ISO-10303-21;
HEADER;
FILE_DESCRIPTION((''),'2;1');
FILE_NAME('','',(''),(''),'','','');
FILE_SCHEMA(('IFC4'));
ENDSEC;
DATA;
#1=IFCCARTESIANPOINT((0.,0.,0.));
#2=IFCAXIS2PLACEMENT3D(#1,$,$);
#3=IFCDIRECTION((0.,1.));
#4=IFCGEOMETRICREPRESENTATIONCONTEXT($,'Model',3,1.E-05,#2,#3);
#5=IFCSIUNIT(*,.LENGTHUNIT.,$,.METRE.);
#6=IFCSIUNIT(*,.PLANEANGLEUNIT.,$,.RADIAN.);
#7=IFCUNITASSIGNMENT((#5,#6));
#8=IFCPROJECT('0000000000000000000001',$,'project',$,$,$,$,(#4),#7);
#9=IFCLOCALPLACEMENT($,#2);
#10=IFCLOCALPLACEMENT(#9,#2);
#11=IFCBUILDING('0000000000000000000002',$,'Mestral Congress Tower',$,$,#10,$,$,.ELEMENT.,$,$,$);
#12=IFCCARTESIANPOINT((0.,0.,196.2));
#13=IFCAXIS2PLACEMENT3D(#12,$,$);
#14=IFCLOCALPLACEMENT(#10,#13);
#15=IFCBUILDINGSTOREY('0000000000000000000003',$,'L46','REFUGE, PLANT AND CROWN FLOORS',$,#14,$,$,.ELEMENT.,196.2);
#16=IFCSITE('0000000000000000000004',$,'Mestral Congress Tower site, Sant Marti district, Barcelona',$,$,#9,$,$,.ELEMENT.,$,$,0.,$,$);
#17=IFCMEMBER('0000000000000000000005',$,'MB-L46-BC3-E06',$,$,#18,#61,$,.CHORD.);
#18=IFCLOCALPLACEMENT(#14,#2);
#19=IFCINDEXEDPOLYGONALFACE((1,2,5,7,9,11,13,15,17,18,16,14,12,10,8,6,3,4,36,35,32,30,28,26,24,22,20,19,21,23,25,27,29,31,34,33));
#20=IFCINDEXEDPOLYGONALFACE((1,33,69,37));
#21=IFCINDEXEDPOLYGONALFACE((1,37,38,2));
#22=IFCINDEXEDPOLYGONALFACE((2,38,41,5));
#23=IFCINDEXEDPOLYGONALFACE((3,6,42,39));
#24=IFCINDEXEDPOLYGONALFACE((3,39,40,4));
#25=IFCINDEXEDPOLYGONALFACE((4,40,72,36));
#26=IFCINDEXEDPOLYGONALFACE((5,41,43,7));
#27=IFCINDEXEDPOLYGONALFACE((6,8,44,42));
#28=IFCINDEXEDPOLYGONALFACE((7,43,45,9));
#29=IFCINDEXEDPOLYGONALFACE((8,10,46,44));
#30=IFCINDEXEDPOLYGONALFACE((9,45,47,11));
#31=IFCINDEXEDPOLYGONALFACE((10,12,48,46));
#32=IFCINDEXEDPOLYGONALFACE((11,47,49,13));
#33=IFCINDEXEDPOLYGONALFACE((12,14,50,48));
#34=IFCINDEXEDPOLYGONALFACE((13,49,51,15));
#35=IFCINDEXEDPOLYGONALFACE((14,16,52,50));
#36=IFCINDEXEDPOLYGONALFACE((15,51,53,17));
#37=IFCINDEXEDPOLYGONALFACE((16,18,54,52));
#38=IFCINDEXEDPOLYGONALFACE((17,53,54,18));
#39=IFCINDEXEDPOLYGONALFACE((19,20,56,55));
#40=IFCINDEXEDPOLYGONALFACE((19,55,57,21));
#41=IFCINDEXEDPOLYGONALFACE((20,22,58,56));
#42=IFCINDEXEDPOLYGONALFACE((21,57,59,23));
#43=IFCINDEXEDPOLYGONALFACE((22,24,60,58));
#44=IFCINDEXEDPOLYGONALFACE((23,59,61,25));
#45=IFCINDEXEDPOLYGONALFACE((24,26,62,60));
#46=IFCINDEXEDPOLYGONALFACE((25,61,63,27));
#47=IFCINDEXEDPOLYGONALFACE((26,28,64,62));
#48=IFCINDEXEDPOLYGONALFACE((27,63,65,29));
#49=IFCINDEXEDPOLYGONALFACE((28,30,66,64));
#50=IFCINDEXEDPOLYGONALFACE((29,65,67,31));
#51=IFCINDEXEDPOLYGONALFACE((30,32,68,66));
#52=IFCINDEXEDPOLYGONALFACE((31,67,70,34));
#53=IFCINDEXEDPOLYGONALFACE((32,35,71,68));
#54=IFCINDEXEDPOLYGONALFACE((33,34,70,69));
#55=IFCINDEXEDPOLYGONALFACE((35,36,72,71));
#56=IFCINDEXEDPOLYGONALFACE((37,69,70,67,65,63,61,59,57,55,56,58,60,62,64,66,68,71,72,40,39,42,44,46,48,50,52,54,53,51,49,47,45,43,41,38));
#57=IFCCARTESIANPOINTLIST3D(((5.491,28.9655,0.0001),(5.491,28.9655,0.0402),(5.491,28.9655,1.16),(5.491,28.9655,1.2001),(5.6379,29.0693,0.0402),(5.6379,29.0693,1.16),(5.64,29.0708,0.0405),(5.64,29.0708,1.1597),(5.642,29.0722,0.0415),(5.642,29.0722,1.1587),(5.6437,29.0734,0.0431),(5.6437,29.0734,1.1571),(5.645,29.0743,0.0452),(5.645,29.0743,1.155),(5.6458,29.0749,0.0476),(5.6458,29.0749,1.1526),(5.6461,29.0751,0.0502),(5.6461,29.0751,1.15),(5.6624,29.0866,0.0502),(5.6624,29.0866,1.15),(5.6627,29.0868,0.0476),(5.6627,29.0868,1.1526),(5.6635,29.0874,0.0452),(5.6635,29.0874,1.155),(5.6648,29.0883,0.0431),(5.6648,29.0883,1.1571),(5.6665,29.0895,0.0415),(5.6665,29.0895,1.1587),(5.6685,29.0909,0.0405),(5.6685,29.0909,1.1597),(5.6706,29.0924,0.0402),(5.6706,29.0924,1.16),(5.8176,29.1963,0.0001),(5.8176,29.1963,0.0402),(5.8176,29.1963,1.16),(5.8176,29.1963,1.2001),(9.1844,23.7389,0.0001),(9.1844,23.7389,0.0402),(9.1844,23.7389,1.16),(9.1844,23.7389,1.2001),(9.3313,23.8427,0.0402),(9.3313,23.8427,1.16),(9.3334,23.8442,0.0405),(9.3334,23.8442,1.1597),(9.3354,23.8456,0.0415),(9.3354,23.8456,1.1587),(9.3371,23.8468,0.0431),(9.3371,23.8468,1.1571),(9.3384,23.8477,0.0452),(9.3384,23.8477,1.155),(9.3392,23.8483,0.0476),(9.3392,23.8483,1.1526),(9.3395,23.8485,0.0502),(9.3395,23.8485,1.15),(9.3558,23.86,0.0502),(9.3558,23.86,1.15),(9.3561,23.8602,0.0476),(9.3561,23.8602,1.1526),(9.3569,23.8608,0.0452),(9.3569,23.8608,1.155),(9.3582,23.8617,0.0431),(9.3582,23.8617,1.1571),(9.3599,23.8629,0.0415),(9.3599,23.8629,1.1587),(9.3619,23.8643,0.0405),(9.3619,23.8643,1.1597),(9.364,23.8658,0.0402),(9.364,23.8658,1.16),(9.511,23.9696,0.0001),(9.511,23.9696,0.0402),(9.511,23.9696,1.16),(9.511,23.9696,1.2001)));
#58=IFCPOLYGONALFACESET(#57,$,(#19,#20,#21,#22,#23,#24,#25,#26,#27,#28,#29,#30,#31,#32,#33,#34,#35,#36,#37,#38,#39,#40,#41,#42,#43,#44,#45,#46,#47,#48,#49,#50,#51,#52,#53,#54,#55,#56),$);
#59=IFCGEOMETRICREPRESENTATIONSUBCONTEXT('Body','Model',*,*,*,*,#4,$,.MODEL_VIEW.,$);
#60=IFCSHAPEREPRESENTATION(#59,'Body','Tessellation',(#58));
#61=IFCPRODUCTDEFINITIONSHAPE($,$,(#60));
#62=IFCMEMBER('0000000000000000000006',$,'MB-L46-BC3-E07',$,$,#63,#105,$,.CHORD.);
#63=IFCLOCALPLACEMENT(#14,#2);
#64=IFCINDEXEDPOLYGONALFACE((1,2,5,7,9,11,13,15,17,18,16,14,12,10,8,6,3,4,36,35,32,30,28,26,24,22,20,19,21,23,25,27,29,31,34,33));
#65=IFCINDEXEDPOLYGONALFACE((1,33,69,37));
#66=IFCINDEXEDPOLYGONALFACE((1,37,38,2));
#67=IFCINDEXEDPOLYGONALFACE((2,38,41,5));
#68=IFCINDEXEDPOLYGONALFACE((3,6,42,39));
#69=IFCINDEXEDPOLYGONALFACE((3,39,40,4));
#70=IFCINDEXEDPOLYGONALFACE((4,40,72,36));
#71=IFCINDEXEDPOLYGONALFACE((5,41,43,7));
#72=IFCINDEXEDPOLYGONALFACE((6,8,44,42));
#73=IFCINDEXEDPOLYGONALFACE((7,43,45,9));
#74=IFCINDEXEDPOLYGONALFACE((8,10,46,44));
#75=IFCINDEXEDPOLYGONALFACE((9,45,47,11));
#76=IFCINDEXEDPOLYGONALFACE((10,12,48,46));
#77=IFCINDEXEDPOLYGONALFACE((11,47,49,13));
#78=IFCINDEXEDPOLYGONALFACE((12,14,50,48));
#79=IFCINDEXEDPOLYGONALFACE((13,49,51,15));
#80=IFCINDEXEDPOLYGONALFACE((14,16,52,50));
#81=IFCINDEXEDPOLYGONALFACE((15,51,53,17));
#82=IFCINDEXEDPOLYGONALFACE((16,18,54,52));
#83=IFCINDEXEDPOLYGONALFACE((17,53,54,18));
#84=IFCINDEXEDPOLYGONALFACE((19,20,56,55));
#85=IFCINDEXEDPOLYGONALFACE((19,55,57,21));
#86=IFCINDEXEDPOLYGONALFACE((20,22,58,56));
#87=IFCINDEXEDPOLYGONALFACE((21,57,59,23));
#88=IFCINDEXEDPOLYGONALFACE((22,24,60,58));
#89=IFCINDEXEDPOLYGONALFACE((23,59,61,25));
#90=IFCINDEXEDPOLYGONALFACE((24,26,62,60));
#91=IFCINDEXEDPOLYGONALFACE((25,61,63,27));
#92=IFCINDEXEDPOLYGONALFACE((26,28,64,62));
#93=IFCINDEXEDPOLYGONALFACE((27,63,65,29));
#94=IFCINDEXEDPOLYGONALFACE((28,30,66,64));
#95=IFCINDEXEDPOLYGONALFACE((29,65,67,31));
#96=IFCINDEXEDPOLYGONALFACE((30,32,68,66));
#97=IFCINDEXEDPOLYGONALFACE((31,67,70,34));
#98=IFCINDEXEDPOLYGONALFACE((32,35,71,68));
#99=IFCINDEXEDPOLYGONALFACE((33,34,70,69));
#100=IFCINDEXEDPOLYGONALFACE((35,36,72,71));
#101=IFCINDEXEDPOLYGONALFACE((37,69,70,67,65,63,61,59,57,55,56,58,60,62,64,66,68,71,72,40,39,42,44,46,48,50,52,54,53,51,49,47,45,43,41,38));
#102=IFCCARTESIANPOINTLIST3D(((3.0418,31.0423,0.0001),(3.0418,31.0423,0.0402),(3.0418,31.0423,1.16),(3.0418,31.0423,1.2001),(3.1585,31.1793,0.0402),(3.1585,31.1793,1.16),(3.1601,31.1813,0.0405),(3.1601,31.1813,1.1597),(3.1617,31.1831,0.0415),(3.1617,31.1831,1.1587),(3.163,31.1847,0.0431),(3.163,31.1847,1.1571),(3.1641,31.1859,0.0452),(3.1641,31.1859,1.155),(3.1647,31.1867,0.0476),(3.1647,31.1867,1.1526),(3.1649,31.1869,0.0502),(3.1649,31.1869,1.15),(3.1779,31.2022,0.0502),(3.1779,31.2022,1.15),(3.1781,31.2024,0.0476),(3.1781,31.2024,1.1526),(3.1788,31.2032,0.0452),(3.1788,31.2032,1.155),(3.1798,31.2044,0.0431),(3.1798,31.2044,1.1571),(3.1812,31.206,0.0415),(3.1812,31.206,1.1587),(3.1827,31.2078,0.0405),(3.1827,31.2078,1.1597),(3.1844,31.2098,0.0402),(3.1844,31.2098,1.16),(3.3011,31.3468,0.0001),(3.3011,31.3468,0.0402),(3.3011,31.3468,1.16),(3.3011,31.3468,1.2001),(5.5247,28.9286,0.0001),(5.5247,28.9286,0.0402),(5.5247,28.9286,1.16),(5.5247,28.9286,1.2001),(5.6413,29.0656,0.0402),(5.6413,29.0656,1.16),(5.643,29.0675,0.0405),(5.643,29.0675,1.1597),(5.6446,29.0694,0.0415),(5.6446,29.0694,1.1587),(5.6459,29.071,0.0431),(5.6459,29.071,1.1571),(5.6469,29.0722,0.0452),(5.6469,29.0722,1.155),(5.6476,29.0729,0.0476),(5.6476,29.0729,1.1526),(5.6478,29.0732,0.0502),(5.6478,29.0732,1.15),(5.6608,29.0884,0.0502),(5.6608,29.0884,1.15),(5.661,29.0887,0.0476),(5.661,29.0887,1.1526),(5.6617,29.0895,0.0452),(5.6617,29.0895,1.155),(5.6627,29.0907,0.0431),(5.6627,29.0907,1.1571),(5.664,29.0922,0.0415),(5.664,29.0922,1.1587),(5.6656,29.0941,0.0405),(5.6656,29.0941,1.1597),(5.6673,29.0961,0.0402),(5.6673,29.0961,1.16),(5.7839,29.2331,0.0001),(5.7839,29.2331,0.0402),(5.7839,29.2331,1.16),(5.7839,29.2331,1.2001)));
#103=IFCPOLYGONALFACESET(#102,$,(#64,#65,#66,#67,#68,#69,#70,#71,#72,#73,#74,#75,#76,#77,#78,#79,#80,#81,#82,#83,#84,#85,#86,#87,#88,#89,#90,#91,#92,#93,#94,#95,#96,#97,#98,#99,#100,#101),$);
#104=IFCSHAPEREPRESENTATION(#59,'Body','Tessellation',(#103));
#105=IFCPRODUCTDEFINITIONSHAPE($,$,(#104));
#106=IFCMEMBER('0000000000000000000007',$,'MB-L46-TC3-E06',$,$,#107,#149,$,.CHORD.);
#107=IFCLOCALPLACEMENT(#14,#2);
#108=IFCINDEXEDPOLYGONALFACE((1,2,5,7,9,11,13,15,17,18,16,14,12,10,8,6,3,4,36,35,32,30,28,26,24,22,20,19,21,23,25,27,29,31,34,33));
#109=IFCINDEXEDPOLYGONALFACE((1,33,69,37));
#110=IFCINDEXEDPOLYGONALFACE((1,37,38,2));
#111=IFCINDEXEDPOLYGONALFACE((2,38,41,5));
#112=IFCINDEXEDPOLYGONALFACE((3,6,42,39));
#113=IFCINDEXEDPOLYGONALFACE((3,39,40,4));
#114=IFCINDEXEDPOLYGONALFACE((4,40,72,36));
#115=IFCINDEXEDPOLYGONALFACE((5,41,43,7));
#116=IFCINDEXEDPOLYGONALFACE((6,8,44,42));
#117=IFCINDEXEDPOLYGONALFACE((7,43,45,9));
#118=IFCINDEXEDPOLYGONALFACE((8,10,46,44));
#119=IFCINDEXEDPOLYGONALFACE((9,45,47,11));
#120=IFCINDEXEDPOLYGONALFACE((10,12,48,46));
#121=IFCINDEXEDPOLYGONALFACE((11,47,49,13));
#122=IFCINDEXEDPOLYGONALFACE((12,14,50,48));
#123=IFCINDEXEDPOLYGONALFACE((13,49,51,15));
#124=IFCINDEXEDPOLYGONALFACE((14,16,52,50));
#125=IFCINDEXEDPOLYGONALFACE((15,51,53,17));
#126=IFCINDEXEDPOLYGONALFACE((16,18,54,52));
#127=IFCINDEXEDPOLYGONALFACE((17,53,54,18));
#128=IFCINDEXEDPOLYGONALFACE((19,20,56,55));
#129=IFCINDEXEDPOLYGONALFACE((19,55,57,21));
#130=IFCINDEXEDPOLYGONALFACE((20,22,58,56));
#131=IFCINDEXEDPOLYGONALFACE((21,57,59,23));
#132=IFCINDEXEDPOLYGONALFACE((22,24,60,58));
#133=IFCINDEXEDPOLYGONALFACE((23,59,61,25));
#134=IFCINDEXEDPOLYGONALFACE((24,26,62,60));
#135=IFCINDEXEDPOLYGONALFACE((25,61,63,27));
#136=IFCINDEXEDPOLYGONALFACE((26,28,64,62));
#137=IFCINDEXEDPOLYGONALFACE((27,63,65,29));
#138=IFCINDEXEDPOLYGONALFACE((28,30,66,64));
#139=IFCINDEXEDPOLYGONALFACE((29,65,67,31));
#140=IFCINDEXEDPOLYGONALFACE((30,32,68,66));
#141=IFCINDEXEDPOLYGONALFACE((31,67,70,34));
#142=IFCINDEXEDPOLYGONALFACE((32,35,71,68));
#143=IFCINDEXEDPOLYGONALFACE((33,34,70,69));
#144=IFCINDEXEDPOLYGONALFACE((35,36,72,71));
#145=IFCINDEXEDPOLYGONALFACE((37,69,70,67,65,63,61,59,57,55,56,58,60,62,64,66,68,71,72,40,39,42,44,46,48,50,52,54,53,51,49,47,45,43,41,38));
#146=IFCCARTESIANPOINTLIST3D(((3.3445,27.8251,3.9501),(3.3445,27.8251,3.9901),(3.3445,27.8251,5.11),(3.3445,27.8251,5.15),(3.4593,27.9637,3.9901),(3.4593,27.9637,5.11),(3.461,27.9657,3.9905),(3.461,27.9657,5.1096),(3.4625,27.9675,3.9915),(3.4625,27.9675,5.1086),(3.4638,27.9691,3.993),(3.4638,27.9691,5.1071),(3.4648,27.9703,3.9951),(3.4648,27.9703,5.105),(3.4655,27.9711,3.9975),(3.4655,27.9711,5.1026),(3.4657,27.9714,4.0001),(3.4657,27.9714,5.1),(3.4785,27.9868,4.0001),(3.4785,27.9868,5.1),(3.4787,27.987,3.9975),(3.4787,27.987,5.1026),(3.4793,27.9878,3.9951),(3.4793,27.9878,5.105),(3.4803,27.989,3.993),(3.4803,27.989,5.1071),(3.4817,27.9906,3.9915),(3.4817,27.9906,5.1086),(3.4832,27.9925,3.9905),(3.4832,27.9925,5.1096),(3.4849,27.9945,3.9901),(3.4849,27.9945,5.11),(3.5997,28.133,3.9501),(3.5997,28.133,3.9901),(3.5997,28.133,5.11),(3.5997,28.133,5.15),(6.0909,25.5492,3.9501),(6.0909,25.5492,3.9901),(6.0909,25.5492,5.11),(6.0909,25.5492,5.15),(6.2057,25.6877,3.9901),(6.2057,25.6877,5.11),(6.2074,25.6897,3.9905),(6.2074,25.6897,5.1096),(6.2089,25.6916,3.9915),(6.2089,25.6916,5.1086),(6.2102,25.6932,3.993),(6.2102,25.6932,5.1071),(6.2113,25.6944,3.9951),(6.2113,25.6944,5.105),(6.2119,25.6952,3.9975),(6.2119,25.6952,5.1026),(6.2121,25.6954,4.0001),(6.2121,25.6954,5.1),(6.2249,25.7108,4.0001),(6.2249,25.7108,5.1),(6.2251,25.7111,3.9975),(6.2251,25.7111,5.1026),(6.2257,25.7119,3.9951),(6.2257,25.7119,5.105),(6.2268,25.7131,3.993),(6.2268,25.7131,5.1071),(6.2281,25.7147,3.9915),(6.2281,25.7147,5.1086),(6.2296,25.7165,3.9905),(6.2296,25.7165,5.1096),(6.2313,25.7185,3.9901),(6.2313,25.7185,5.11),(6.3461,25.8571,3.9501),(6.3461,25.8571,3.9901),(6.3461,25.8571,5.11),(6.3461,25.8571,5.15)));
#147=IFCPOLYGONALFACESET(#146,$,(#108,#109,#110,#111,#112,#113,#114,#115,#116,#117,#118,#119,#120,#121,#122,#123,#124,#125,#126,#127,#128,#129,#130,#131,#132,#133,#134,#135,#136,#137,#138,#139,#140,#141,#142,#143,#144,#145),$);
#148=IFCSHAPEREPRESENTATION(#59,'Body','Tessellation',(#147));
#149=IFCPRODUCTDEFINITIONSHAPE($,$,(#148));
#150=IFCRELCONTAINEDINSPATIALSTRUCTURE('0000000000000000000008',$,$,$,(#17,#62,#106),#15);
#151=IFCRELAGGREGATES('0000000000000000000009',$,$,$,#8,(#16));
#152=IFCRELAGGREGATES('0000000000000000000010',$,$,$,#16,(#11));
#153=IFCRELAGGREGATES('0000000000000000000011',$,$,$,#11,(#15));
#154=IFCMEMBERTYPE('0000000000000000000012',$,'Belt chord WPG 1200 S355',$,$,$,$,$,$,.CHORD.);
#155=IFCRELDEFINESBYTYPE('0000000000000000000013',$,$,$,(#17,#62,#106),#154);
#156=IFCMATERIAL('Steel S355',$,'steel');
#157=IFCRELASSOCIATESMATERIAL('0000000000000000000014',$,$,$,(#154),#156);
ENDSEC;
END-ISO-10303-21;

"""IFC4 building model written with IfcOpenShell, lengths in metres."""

from ifc_helpers import new_model, si_unit, direction, frame, origin, origin_2d, place, context, subcontext, project, spatial, i_section, extrude, material, material_profile, profile_set, type_object, element, save


model = new_model("IFC4")

# Units and contexts
model_context = context("Model", 3, precision=1e-05, world=origin(), true_north=direction((0.0, 1.0)))
body_context = subcontext(model_context, "Body", "Model", "MODEL_VIEW")
ifc_project = project(units=[si_unit("LENGTHUNIT", "METRE"), si_unit("PLANEANGLEUNIT", "RADIAN")], contexts=[model_context])

# Site, building, storey
site_placement = place(None, origin())
site = spatial("IfcSite", under=ifc_project, at=site_placement, Name="Mestral Congress Tower site, Sant Marti district, Barcelona", CompositionType="ELEMENT", RefElevation=0.0)
building_placement = place(site_placement, origin())
building = spatial("IfcBuilding", under=site, at=building_placement, Name="Mestral Congress Tower", CompositionType="ELEMENT")
storey_placement = place(building_placement, frame((0.0, 0.0, 196.2)))
storey = spatial("IfcBuildingStorey", under=building, at=storey_placement, Name="L46", Description="REFUGE, PLANT AND CROWN FLOORS", CompositionType="ELEMENT", Elevation=196.2)

# Members
ifc_material_1 = material(Name="Steel S355", Category="steel")
ifc_material_profile_1 = material_profile(ifc_material_1, i_section(OverallWidth=0.3999, OverallDepth=1.2, WebThickness=0.02, FlangeThickness=0.04, FilletRadius=0.01, at=origin_2d()), Name="WPG 1200")
ifc_profile_set_1 = profile_set([ifc_material_profile_1], Name="Steel S355")
member_type_1 = type_object("IfcMemberType", Name="Belt chord WPG 1200 S355", PredefinedType="CHORD", material=ifc_profile_set_1)
member_1_placement = place(storey_placement, frame((9.3477, 23.8542, 0.6001), z_axis=(-0.577102, 0.816672, 0.0), x_axis=(-0.816672, -0.577102, 0.0)))
element("IfcMember", 1, at=member_1_placement, inside=storey, type_object=member_type_1, Name="MB-L46-BC3-E06", PredefinedType="CHORD", context=body_context, shape_type="SweptSolid", body=[
    extrude(i_section(OverallWidth=0.3999, OverallDepth=1.2, WebThickness=0.02, FlangeThickness=0.04, FilletRadius=0.01, at=origin_2d()), origin(), (0.0, 0.0, 1.0), 6.3999),
])
member_2_placement = place(storey_placement, frame((5.6543, 29.0808, 0.6001), z_axis=(-0.76144, 0.648235, 0.0), x_axis=(-0.648235, -0.76144, 0.0)))
element("IfcMember", 2, at=member_2_placement, inside=storey, type_object=member_type_1, Name="MB-L46-BC3-E07", PredefinedType="CHORD", context=body_context, shape_type="SweptSolid", body=[
    extrude(i_section(OverallWidth=0.3999, OverallDepth=1.2, WebThickness=0.02, FlangeThickness=0.04, FilletRadius=0.01, at=origin_2d()), origin(), (0.0, 0.0, 1.0), 3.2607),
])
member_3_placement = place(storey_placement, frame((6.2185, 25.7031, 4.55), z_axis=(-0.769974, 0.638075, 0.0), x_axis=(-0.638075, -0.769974, 0.0)))
element("IfcMember", 3, at=member_3_placement, inside=storey, type_object=member_type_1, Name="MB-L46-TC3-E06", PredefinedType="CHORD", context=body_context, shape_type="SweptSolid", body=[
    extrude(i_section(OverallWidth=0.3999, OverallDepth=1.2, WebThickness=0.02, FlangeThickness=0.04, FilletRadius=0.01, at=origin_2d()), origin(), (0.0, 0.0, 1.0), 3.5669),
])

save(model, "model.ifc")
